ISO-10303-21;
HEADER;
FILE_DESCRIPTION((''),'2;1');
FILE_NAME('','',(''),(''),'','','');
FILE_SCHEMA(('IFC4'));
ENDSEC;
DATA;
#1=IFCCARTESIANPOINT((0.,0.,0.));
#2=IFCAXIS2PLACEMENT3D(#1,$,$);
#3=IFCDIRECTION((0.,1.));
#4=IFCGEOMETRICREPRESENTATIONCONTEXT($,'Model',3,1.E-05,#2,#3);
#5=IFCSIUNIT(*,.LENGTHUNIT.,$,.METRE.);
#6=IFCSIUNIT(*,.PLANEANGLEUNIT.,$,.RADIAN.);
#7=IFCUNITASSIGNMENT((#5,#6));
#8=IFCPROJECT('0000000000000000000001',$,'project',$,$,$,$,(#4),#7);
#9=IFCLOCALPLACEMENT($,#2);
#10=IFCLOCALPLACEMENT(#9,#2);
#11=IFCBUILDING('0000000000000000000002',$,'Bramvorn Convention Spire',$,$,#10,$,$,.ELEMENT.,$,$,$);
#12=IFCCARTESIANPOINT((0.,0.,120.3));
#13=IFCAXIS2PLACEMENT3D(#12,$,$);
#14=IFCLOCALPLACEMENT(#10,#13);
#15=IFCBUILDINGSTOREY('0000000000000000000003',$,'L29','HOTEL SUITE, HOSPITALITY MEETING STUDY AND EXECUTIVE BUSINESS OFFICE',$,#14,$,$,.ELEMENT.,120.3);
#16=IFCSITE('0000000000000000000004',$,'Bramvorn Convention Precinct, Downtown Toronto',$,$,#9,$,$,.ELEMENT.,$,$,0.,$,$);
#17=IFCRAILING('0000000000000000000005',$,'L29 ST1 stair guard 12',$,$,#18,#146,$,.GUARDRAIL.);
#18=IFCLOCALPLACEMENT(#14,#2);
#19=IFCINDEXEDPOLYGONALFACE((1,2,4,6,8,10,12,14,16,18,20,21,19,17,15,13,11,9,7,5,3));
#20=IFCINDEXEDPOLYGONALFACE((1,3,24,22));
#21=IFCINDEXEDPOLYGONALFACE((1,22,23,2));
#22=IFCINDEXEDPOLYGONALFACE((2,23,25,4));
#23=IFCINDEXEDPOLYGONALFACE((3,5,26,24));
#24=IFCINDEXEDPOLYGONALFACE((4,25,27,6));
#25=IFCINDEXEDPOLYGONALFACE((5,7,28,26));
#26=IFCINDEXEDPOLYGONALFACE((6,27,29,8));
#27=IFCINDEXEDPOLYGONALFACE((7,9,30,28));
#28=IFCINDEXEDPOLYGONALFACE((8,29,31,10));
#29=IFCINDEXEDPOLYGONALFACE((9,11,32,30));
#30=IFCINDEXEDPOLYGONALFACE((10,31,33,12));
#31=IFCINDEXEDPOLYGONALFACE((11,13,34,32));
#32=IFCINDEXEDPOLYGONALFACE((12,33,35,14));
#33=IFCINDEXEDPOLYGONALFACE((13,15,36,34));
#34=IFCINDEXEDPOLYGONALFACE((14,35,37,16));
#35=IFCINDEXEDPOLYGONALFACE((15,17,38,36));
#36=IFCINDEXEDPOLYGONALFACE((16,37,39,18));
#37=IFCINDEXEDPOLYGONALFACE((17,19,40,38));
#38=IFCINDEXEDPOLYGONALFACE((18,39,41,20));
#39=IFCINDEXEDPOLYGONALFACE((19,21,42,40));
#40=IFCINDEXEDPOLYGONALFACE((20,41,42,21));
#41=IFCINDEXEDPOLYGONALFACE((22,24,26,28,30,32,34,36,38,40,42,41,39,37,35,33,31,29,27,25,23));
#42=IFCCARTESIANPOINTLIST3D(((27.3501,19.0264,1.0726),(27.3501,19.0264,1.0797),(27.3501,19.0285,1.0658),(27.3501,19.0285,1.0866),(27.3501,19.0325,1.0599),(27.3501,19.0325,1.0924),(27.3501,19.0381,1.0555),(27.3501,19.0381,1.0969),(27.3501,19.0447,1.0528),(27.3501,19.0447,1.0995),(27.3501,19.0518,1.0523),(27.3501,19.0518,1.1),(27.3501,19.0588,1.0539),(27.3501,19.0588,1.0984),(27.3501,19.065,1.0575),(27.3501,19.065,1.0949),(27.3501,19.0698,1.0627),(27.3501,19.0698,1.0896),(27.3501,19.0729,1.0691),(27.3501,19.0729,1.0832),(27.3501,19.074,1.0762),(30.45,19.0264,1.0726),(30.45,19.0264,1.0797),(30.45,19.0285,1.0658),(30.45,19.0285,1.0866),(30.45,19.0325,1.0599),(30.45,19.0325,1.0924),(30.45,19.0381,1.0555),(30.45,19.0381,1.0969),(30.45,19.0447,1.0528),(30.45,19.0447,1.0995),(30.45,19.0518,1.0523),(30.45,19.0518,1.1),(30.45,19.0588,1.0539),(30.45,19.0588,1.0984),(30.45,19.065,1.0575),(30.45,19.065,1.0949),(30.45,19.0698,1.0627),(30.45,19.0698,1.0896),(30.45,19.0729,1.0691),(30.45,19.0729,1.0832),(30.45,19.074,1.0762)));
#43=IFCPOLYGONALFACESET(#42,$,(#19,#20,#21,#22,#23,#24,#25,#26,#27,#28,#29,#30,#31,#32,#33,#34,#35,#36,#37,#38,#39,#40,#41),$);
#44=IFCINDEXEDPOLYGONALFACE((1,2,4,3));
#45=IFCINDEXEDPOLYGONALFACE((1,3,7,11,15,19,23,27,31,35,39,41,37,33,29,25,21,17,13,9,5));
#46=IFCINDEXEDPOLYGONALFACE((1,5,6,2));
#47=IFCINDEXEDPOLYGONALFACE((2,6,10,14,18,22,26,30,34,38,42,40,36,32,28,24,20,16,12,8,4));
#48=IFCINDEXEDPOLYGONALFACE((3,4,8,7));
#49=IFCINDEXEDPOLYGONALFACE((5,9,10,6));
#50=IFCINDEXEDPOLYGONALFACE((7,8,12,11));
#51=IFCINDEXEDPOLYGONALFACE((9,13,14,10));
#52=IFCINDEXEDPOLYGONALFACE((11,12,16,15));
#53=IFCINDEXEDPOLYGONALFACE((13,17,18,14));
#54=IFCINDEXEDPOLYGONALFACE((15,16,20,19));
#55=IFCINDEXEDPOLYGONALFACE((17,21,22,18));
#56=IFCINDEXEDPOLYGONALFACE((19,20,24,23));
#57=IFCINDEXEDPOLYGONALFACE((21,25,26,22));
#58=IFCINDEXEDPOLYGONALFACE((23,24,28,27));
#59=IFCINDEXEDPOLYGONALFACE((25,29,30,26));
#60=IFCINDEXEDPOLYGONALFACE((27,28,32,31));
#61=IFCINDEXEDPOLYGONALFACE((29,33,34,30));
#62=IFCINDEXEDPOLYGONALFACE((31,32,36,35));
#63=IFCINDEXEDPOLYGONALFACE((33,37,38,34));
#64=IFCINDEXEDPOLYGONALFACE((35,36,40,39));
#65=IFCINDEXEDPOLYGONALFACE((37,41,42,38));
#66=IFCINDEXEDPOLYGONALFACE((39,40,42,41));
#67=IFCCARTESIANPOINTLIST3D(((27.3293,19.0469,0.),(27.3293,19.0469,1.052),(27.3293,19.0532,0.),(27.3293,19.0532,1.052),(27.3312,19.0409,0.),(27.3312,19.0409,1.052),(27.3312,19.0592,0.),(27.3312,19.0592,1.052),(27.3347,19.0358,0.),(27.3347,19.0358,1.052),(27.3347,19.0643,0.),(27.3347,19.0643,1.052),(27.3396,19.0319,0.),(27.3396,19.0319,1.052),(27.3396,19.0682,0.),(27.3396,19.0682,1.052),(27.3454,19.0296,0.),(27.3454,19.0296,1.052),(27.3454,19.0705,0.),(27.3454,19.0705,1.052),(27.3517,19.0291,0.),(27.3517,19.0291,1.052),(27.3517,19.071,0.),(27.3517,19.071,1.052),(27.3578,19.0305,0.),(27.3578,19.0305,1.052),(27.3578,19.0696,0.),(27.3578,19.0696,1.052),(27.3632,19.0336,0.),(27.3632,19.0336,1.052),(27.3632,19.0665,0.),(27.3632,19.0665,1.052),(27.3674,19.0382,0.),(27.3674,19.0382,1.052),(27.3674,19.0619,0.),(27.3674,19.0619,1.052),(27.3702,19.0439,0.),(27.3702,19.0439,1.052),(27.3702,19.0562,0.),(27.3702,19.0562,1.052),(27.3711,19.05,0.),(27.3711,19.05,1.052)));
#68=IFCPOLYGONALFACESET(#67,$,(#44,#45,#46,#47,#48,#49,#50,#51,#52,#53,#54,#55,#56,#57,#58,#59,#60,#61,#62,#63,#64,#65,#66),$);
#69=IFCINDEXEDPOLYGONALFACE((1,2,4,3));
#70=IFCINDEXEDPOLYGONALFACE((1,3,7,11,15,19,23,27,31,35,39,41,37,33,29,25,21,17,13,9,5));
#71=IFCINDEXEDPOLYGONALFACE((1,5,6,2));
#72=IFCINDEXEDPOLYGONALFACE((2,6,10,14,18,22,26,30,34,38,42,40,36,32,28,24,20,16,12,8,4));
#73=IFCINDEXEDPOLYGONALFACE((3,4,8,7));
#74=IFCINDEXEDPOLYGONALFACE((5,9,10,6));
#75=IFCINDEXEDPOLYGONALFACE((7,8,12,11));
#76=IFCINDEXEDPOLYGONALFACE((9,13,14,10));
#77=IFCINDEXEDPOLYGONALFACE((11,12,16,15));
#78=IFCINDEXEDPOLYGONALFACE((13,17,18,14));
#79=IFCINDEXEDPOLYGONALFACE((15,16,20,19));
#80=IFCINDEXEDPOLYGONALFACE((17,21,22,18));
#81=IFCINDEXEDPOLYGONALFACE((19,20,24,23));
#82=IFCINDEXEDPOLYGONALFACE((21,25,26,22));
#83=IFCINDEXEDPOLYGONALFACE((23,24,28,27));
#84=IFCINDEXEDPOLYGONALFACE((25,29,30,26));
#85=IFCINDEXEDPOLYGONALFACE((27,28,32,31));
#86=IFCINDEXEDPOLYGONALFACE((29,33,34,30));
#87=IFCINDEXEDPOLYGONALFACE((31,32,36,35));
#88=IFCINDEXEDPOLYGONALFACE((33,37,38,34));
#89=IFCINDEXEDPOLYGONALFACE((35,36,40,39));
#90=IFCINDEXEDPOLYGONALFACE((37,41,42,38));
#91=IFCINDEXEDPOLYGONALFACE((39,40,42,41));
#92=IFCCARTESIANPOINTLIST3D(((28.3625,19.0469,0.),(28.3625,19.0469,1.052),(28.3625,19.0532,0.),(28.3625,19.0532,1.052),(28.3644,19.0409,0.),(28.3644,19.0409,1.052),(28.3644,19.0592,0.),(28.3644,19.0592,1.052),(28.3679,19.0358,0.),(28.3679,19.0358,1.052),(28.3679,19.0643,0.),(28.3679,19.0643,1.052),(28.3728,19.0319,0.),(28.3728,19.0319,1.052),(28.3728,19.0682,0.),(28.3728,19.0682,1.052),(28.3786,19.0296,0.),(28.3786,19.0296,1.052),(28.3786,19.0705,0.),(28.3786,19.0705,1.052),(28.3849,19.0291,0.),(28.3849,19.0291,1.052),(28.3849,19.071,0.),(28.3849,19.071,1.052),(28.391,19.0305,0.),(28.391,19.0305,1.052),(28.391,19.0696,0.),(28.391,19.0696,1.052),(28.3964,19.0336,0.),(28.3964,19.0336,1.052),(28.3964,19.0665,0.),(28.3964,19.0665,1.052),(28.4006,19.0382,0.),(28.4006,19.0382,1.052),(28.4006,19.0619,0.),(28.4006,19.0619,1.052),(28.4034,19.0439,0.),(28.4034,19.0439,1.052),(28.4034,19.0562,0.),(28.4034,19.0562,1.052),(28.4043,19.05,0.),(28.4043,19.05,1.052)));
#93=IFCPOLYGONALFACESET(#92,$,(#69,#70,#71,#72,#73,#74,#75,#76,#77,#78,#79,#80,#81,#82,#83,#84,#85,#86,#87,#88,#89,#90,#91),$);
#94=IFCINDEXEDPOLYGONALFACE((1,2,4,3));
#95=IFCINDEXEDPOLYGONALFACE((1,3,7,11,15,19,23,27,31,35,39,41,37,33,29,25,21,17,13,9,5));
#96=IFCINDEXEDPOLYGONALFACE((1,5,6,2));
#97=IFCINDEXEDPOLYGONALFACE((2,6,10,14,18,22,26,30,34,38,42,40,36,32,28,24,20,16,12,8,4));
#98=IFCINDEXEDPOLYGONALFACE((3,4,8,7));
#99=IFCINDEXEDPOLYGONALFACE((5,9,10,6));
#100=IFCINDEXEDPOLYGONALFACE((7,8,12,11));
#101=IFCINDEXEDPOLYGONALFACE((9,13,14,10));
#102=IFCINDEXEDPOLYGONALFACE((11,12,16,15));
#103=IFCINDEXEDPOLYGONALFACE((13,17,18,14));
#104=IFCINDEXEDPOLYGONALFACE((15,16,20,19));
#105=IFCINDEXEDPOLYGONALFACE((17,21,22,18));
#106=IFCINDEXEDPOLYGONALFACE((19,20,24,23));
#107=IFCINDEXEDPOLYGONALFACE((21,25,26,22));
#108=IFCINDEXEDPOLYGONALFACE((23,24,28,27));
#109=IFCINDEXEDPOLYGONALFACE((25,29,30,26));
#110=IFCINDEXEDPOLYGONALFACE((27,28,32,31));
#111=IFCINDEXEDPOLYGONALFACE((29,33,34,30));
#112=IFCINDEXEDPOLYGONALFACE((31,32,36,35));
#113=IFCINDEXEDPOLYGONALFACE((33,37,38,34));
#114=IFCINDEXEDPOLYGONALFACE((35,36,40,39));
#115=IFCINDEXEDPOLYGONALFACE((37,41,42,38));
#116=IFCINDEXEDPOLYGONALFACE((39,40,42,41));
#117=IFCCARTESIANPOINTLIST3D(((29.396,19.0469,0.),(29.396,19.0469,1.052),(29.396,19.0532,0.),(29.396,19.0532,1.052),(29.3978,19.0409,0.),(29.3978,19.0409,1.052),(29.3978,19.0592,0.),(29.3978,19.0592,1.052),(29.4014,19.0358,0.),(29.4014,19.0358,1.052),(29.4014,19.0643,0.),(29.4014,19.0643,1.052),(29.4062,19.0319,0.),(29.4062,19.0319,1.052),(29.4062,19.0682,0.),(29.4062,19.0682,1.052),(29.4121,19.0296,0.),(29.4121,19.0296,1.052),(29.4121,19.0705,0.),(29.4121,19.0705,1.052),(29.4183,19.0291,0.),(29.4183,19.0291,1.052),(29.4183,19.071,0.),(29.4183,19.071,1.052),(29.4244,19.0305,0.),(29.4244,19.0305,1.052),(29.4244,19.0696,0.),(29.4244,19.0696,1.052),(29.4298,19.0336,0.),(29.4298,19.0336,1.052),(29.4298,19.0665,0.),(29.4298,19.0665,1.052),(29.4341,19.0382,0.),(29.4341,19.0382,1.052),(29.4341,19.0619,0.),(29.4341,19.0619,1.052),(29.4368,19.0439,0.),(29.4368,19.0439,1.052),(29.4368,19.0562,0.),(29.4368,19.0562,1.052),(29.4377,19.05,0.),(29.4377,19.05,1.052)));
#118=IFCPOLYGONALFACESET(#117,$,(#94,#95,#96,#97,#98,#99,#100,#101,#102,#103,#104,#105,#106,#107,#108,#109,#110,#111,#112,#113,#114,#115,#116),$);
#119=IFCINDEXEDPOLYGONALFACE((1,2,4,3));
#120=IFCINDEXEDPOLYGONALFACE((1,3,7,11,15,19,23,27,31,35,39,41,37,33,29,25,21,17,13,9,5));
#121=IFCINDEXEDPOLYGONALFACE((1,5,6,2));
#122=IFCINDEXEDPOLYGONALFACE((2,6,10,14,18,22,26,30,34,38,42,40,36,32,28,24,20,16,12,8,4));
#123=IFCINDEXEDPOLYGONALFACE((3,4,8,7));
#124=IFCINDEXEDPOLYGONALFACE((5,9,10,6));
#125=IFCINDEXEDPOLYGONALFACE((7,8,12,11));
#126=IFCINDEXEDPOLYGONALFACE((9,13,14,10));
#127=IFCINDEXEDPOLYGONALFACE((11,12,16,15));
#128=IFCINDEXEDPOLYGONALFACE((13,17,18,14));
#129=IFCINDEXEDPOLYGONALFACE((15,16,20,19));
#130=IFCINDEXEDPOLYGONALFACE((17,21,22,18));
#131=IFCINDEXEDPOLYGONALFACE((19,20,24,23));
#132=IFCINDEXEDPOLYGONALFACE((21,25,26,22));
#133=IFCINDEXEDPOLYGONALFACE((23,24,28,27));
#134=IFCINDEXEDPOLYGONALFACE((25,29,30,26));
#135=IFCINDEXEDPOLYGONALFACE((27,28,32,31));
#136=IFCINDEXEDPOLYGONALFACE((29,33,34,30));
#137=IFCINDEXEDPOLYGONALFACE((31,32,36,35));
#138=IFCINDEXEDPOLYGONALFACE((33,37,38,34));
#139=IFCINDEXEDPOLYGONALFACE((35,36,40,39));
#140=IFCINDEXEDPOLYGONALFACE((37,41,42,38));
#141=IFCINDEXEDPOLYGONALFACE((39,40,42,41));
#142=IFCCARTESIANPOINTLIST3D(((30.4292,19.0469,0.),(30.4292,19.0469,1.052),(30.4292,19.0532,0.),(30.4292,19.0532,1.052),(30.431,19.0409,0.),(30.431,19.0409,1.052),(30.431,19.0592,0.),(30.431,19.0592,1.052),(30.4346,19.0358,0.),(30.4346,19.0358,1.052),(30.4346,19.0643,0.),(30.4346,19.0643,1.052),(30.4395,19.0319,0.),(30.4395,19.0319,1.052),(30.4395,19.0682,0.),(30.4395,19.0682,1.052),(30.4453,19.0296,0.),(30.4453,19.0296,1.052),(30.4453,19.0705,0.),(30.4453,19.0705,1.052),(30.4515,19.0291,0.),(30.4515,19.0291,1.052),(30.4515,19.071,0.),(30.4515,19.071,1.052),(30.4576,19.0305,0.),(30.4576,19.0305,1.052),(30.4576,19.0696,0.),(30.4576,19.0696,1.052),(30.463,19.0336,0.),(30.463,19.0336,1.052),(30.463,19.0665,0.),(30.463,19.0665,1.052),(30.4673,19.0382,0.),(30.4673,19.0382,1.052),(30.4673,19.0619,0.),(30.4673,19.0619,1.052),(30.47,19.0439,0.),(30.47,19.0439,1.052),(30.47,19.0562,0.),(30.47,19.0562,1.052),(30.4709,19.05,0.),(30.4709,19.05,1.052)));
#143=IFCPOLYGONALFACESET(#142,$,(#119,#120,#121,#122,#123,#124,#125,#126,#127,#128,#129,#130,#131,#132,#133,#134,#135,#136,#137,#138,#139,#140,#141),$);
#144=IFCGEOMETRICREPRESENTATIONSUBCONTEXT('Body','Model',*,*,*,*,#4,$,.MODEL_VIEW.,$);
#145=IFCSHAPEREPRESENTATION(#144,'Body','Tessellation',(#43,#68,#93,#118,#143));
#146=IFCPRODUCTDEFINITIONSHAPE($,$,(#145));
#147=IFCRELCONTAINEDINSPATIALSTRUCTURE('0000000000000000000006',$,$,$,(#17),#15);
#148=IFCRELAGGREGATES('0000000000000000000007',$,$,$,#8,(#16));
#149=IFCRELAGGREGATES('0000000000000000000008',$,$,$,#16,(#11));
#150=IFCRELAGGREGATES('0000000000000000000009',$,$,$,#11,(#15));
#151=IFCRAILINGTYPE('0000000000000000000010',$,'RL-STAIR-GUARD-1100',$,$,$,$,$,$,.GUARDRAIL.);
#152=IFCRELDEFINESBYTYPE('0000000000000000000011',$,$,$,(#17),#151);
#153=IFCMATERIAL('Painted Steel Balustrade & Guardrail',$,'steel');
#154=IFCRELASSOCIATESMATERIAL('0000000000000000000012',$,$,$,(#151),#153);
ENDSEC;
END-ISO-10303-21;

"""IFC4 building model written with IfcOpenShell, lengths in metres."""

from ifc_helpers import new_model, si_unit, direction, frame, origin, origin_2d, place, context, subcontext, project, spatial, circle, extrude, material, type_object, element, save


model = new_model("IFC4")

# Units and contexts
model_context = context("Model", 3, precision=1e-05, world=origin(), true_north=direction((0.0, 1.0)))
body_context = subcontext(model_context, "Body", "Model", "MODEL_VIEW")
ifc_project = project(units=[si_unit("LENGTHUNIT", "METRE"), si_unit("PLANEANGLEUNIT", "RADIAN")], contexts=[model_context])

# Site, building, storey
site_placement = place(None, origin())
site = spatial("IfcSite", under=ifc_project, at=site_placement, Name="Bramvorn Convention Precinct, Downtown Toronto", CompositionType="ELEMENT", RefElevation=0.0)
building_placement = place(site_placement, origin())
building = spatial("IfcBuilding", under=site, at=building_placement, Name="Bramvorn Convention Spire", CompositionType="ELEMENT")
storey_placement = place(building_placement, frame((0.0, 0.0, 120.3)))
storey = spatial("IfcBuildingStorey", under=building, at=storey_placement, Name="L29", Description="HOTEL SUITE, HOSPITALITY MEETING STUDY AND EXECUTIVE BUSINESS OFFICE", CompositionType="ELEMENT", Elevation=120.3)

# Railing
ifc_material_1 = material(Name="Painted Steel Balustrade & Guardrail", Category="steel")
railing_type = type_object("IfcRailingType", Name="RL-STAIR-GUARD-1100", PredefinedType="GUARDRAIL", material=ifc_material_1)
railing_1_placement = place(storey_placement, frame((27.3501, 19.05, 0.0)))
element("IfcRailing", 1, at=railing_1_placement, inside=storey, type_object=railing_type, Name="L29 ST1 stair guard 12", PredefinedType="GUARDRAIL", context=body_context, shape_type="SweptSolid", body=[
    extrude(circle(Radius=0.0239, at=origin_2d()), frame((0.0, 0.0, 1.0762), z_axis=(1.0, 0.0, 0.0), x_axis=(0.0, 1.0, 0.0)), (0.0, 0.0, 1.0), 3.0999),
    extrude(circle(Radius=0.021, at=origin_2d()), origin(), (0.0, 0.0, 1.0), 1.052),
    extrude(circle(Radius=0.021, at=origin_2d()), frame((1.0332, 0.0, 0.0)), (0.0, 0.0, 1.0), 1.052),
    extrude(circle(Radius=0.021, at=origin_2d()), frame((2.0667, 0.0, 0.0)), (0.0, 0.0, 1.0), 1.052),
    extrude(circle(Radius=0.021, at=origin_2d()), frame((3.0999, 0.0, 0.0)), (0.0, 0.0, 1.0), 1.052),
])

save(model, "model.ifc")
